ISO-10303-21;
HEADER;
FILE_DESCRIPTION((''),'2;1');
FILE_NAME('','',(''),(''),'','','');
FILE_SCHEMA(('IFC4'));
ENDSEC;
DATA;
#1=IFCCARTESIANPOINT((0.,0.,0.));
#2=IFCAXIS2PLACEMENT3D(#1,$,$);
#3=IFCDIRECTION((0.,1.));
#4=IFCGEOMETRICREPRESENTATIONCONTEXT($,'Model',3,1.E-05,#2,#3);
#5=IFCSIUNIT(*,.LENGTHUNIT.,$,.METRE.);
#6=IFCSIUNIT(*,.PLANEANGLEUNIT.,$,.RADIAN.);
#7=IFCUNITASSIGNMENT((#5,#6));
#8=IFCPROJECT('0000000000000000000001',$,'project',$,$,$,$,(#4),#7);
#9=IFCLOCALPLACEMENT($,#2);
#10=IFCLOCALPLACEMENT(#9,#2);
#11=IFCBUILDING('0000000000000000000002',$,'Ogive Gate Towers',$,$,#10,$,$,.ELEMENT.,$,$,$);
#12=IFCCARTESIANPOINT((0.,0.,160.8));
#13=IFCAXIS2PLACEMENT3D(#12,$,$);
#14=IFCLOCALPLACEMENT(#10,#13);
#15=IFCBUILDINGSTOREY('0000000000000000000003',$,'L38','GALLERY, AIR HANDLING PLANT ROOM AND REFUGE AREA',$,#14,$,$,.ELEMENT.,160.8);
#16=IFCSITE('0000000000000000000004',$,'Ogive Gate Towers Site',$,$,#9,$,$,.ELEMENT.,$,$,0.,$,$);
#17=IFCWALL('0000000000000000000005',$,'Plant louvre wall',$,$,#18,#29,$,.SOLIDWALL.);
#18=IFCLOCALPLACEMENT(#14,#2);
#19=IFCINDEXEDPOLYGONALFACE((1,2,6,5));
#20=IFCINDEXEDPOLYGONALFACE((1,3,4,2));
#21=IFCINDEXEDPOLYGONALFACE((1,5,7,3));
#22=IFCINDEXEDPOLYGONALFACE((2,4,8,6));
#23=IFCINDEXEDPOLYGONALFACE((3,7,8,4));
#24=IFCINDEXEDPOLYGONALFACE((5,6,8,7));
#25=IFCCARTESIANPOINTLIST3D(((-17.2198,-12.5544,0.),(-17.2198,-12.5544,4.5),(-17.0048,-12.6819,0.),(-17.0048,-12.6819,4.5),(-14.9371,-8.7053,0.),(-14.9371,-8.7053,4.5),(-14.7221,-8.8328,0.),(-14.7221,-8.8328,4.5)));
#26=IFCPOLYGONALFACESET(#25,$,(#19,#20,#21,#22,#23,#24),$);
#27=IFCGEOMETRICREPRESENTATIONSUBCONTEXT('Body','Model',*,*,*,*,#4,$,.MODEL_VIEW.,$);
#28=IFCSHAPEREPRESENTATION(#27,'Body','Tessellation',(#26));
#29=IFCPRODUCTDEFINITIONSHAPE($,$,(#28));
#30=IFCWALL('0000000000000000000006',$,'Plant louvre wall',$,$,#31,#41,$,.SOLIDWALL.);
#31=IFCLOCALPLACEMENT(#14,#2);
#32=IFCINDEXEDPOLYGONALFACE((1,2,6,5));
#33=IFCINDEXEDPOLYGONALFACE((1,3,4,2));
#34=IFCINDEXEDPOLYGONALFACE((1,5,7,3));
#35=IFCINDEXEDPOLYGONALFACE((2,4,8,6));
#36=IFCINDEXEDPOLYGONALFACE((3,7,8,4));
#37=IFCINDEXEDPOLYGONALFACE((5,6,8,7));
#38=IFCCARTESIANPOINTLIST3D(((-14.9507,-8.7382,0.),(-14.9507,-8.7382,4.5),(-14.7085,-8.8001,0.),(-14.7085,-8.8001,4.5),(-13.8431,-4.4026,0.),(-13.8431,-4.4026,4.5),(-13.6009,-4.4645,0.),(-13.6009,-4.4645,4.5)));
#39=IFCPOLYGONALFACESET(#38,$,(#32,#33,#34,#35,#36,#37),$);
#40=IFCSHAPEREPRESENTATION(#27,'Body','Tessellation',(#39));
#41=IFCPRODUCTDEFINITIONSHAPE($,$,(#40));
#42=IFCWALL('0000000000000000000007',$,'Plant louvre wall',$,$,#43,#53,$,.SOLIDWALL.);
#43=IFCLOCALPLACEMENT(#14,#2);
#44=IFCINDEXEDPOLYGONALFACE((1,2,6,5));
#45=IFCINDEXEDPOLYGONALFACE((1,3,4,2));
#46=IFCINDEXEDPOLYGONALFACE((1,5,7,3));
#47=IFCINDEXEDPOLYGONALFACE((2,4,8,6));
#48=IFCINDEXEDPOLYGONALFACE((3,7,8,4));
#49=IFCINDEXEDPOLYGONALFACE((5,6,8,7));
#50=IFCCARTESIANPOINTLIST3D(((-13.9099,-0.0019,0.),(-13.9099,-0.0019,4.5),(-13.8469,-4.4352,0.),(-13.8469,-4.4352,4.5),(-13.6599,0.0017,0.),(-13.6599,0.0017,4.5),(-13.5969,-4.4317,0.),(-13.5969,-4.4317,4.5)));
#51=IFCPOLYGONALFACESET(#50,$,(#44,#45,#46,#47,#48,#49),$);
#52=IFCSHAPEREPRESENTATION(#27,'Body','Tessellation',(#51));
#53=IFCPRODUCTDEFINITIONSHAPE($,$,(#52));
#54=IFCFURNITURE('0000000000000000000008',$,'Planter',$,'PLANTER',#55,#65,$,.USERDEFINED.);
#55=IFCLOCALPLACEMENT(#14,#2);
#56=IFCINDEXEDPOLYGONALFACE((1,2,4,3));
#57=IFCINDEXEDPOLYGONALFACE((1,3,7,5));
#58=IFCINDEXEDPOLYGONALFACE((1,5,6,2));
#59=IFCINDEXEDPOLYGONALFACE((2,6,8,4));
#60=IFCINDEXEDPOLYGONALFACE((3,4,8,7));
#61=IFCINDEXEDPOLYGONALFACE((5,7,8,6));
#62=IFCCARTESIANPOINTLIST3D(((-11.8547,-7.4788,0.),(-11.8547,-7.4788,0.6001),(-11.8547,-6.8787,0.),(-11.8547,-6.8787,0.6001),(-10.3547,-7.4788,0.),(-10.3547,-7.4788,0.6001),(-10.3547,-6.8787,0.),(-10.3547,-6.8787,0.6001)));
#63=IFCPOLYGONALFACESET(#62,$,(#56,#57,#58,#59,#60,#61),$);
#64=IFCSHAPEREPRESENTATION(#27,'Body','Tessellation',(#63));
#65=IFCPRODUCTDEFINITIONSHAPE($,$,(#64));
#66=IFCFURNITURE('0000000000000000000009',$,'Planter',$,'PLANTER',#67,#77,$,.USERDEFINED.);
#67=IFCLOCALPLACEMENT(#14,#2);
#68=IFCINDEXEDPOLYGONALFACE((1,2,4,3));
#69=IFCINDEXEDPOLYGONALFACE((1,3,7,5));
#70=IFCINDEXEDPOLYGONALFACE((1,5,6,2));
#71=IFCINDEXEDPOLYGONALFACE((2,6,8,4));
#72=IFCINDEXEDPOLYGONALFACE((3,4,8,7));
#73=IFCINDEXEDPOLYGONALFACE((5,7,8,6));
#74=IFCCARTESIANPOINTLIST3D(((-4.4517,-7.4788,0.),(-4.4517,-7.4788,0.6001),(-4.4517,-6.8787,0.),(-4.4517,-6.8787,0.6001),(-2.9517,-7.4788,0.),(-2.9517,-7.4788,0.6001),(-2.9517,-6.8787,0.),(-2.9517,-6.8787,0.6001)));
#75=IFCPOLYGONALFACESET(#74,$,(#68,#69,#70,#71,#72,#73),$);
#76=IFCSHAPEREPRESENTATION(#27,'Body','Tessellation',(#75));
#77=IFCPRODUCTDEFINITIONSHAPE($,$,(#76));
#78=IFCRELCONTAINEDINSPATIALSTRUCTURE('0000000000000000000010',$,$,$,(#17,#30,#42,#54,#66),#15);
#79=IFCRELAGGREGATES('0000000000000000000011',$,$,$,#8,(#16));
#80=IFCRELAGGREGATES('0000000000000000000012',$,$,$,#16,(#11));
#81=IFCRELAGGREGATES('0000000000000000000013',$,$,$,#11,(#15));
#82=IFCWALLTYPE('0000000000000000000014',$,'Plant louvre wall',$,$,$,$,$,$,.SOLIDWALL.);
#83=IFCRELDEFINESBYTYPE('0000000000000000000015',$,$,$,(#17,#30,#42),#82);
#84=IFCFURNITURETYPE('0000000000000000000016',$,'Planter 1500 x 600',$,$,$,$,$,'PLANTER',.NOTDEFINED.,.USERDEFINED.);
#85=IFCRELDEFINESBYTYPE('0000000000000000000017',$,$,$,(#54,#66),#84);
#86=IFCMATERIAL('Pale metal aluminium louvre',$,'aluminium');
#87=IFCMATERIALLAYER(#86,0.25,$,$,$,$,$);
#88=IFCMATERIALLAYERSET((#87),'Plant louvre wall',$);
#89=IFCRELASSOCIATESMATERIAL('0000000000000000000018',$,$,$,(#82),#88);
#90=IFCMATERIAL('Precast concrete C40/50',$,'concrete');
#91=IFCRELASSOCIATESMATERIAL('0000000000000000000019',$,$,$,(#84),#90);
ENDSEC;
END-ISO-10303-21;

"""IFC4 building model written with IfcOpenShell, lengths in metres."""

from ifc_helpers import new_model, si_unit, direction, frame, frame_2d, origin, origin_2d, place, context, subcontext, project, spatial, rectangle, extrude, material, layer, layer_set, type_object, element, save


model = new_model("IFC4")

# Units and contexts
model_context = context("Model", 3, precision=1e-05, world=origin(), true_north=direction((0.0, 1.0)))
body_context = subcontext(model_context, "Body", "Model", "MODEL_VIEW")
ifc_project = project(units=[si_unit("LENGTHUNIT", "METRE"), si_unit("PLANEANGLEUNIT", "RADIAN")], contexts=[model_context])

# Site, building, storey
site_placement = place(None, origin())
site = spatial("IfcSite", under=ifc_project, at=site_placement, Name="Ogive Gate Towers Site", CompositionType="ELEMENT", RefElevation=0.0)
building_placement = place(site_placement, origin())
building = spatial("IfcBuilding", under=site, at=building_placement, Name="Ogive Gate Towers", CompositionType="ELEMENT")
storey_placement = place(building_placement, frame((0.0, 0.0, 160.8)))
storey = spatial("IfcBuildingStorey", under=building, at=storey_placement, Name="L38", Description="GALLERY, AIR HANDLING PLANT ROOM AND REFUGE AREA", CompositionType="ELEMENT", Elevation=160.8)

# Walls
ifc_material_1 = material(Name="Precast concrete C40/50", Category="concrete")
ifc_material_2 = material(Name="Pale metal aluminium louvre", Category="aluminium")
ifc_layer_1 = layer(ifc_material_2, 0.25)
ifc_layer_set_1 = layer_set([ifc_layer_1], Name="Plant louvre wall")
wall_type_1 = type_object("IfcWallType", Name="Plant louvre wall", PredefinedType="SOLIDWALL", material=ifc_layer_set_1)
wall_1_placement = place(storey_placement, frame((-17.1123, -12.6182, 0.0), z_axis=(0.0, 0.0, 1.0), x_axis=(0.510092, 0.86012, 0.0)))
element("IfcWall", 1, at=wall_1_placement, inside=storey, type_object=wall_type_1, Name="Plant louvre wall", PredefinedType="SOLIDWALL", context=body_context, shape_type="SweptSolid", body=[
    extrude(rectangle(XDim=4.4751, YDim=0.25, at=frame_2d((2.2375, 0.0))), origin(), (0.0, 0.0, 1.0), 4.5),
])
wall_2_placement = place(storey_placement, frame((-14.8296, -8.769, 0.0), z_axis=(0.0, 0.0, 1.0), x_axis=(0.247526, 0.968881, 0.0)))
element("IfcWall", 2, at=wall_2_placement, inside=storey, type_object=wall_type_1, Name="Plant louvre wall", PredefinedType="SOLIDWALL", context=body_context, shape_type="SweptSolid", body=[
    extrude(rectangle(XDim=4.4749, YDim=0.25, at=frame_2d((2.2373, 0.0))), origin(), (0.0, 0.0, 1.0), 4.5),
])
wall_3_placement = place(storey_placement, frame((-13.7219, -4.4333, 0.0), z_axis=(0.0, 0.0, 1.0), x_axis=(-0.014206, 0.999899, 0.0)))
element("IfcWall", 3, at=wall_3_placement, inside=storey, type_object=wall_type_1, Name="Plant louvre wall", PredefinedType="SOLIDWALL", context=body_context, shape_type="SweptSolid", body=[
    extrude(rectangle(XDim=4.4338, YDim=0.25, at=frame_2d((2.2168, 0.0))), origin(), (0.0, 0.0, 1.0), 4.5),
])

# Furniture
furniture_type = type_object("IfcFurnitureType", Name="Planter 1500 x 600", ElementType="PLANTER", AssemblyPlace="NOTDEFINED", PredefinedType="USERDEFINED", material=ifc_material_1)
for number, where, z_axis, x_axis, name in (
    (4, (-11.1047, -7.1787, 0.0), (0.0, 0.0, 1.0), (1.0, 0.0, 0.0), "Planter"),
    (5, (-3.7017, -7.1787, 0.0), (0.0, 0.0, 1.0), (1.0, 0.0, 0.0), "Planter"),
):
    element("IfcFurniture", number, at=place(storey_placement, frame(where, z_axis=z_axis, x_axis=x_axis)), inside=storey, type_object=furniture_type, Name=name, ObjectType="PLANTER", PredefinedType="USERDEFINED", context=body_context, shape_type="SweptSolid", body=[
        extrude(rectangle(XDim=1.5, YDim=0.6001, at=origin_2d()), origin(), (0.0, 0.0, 1.0), 0.6001),
    ])

save(model, "model.ifc")
